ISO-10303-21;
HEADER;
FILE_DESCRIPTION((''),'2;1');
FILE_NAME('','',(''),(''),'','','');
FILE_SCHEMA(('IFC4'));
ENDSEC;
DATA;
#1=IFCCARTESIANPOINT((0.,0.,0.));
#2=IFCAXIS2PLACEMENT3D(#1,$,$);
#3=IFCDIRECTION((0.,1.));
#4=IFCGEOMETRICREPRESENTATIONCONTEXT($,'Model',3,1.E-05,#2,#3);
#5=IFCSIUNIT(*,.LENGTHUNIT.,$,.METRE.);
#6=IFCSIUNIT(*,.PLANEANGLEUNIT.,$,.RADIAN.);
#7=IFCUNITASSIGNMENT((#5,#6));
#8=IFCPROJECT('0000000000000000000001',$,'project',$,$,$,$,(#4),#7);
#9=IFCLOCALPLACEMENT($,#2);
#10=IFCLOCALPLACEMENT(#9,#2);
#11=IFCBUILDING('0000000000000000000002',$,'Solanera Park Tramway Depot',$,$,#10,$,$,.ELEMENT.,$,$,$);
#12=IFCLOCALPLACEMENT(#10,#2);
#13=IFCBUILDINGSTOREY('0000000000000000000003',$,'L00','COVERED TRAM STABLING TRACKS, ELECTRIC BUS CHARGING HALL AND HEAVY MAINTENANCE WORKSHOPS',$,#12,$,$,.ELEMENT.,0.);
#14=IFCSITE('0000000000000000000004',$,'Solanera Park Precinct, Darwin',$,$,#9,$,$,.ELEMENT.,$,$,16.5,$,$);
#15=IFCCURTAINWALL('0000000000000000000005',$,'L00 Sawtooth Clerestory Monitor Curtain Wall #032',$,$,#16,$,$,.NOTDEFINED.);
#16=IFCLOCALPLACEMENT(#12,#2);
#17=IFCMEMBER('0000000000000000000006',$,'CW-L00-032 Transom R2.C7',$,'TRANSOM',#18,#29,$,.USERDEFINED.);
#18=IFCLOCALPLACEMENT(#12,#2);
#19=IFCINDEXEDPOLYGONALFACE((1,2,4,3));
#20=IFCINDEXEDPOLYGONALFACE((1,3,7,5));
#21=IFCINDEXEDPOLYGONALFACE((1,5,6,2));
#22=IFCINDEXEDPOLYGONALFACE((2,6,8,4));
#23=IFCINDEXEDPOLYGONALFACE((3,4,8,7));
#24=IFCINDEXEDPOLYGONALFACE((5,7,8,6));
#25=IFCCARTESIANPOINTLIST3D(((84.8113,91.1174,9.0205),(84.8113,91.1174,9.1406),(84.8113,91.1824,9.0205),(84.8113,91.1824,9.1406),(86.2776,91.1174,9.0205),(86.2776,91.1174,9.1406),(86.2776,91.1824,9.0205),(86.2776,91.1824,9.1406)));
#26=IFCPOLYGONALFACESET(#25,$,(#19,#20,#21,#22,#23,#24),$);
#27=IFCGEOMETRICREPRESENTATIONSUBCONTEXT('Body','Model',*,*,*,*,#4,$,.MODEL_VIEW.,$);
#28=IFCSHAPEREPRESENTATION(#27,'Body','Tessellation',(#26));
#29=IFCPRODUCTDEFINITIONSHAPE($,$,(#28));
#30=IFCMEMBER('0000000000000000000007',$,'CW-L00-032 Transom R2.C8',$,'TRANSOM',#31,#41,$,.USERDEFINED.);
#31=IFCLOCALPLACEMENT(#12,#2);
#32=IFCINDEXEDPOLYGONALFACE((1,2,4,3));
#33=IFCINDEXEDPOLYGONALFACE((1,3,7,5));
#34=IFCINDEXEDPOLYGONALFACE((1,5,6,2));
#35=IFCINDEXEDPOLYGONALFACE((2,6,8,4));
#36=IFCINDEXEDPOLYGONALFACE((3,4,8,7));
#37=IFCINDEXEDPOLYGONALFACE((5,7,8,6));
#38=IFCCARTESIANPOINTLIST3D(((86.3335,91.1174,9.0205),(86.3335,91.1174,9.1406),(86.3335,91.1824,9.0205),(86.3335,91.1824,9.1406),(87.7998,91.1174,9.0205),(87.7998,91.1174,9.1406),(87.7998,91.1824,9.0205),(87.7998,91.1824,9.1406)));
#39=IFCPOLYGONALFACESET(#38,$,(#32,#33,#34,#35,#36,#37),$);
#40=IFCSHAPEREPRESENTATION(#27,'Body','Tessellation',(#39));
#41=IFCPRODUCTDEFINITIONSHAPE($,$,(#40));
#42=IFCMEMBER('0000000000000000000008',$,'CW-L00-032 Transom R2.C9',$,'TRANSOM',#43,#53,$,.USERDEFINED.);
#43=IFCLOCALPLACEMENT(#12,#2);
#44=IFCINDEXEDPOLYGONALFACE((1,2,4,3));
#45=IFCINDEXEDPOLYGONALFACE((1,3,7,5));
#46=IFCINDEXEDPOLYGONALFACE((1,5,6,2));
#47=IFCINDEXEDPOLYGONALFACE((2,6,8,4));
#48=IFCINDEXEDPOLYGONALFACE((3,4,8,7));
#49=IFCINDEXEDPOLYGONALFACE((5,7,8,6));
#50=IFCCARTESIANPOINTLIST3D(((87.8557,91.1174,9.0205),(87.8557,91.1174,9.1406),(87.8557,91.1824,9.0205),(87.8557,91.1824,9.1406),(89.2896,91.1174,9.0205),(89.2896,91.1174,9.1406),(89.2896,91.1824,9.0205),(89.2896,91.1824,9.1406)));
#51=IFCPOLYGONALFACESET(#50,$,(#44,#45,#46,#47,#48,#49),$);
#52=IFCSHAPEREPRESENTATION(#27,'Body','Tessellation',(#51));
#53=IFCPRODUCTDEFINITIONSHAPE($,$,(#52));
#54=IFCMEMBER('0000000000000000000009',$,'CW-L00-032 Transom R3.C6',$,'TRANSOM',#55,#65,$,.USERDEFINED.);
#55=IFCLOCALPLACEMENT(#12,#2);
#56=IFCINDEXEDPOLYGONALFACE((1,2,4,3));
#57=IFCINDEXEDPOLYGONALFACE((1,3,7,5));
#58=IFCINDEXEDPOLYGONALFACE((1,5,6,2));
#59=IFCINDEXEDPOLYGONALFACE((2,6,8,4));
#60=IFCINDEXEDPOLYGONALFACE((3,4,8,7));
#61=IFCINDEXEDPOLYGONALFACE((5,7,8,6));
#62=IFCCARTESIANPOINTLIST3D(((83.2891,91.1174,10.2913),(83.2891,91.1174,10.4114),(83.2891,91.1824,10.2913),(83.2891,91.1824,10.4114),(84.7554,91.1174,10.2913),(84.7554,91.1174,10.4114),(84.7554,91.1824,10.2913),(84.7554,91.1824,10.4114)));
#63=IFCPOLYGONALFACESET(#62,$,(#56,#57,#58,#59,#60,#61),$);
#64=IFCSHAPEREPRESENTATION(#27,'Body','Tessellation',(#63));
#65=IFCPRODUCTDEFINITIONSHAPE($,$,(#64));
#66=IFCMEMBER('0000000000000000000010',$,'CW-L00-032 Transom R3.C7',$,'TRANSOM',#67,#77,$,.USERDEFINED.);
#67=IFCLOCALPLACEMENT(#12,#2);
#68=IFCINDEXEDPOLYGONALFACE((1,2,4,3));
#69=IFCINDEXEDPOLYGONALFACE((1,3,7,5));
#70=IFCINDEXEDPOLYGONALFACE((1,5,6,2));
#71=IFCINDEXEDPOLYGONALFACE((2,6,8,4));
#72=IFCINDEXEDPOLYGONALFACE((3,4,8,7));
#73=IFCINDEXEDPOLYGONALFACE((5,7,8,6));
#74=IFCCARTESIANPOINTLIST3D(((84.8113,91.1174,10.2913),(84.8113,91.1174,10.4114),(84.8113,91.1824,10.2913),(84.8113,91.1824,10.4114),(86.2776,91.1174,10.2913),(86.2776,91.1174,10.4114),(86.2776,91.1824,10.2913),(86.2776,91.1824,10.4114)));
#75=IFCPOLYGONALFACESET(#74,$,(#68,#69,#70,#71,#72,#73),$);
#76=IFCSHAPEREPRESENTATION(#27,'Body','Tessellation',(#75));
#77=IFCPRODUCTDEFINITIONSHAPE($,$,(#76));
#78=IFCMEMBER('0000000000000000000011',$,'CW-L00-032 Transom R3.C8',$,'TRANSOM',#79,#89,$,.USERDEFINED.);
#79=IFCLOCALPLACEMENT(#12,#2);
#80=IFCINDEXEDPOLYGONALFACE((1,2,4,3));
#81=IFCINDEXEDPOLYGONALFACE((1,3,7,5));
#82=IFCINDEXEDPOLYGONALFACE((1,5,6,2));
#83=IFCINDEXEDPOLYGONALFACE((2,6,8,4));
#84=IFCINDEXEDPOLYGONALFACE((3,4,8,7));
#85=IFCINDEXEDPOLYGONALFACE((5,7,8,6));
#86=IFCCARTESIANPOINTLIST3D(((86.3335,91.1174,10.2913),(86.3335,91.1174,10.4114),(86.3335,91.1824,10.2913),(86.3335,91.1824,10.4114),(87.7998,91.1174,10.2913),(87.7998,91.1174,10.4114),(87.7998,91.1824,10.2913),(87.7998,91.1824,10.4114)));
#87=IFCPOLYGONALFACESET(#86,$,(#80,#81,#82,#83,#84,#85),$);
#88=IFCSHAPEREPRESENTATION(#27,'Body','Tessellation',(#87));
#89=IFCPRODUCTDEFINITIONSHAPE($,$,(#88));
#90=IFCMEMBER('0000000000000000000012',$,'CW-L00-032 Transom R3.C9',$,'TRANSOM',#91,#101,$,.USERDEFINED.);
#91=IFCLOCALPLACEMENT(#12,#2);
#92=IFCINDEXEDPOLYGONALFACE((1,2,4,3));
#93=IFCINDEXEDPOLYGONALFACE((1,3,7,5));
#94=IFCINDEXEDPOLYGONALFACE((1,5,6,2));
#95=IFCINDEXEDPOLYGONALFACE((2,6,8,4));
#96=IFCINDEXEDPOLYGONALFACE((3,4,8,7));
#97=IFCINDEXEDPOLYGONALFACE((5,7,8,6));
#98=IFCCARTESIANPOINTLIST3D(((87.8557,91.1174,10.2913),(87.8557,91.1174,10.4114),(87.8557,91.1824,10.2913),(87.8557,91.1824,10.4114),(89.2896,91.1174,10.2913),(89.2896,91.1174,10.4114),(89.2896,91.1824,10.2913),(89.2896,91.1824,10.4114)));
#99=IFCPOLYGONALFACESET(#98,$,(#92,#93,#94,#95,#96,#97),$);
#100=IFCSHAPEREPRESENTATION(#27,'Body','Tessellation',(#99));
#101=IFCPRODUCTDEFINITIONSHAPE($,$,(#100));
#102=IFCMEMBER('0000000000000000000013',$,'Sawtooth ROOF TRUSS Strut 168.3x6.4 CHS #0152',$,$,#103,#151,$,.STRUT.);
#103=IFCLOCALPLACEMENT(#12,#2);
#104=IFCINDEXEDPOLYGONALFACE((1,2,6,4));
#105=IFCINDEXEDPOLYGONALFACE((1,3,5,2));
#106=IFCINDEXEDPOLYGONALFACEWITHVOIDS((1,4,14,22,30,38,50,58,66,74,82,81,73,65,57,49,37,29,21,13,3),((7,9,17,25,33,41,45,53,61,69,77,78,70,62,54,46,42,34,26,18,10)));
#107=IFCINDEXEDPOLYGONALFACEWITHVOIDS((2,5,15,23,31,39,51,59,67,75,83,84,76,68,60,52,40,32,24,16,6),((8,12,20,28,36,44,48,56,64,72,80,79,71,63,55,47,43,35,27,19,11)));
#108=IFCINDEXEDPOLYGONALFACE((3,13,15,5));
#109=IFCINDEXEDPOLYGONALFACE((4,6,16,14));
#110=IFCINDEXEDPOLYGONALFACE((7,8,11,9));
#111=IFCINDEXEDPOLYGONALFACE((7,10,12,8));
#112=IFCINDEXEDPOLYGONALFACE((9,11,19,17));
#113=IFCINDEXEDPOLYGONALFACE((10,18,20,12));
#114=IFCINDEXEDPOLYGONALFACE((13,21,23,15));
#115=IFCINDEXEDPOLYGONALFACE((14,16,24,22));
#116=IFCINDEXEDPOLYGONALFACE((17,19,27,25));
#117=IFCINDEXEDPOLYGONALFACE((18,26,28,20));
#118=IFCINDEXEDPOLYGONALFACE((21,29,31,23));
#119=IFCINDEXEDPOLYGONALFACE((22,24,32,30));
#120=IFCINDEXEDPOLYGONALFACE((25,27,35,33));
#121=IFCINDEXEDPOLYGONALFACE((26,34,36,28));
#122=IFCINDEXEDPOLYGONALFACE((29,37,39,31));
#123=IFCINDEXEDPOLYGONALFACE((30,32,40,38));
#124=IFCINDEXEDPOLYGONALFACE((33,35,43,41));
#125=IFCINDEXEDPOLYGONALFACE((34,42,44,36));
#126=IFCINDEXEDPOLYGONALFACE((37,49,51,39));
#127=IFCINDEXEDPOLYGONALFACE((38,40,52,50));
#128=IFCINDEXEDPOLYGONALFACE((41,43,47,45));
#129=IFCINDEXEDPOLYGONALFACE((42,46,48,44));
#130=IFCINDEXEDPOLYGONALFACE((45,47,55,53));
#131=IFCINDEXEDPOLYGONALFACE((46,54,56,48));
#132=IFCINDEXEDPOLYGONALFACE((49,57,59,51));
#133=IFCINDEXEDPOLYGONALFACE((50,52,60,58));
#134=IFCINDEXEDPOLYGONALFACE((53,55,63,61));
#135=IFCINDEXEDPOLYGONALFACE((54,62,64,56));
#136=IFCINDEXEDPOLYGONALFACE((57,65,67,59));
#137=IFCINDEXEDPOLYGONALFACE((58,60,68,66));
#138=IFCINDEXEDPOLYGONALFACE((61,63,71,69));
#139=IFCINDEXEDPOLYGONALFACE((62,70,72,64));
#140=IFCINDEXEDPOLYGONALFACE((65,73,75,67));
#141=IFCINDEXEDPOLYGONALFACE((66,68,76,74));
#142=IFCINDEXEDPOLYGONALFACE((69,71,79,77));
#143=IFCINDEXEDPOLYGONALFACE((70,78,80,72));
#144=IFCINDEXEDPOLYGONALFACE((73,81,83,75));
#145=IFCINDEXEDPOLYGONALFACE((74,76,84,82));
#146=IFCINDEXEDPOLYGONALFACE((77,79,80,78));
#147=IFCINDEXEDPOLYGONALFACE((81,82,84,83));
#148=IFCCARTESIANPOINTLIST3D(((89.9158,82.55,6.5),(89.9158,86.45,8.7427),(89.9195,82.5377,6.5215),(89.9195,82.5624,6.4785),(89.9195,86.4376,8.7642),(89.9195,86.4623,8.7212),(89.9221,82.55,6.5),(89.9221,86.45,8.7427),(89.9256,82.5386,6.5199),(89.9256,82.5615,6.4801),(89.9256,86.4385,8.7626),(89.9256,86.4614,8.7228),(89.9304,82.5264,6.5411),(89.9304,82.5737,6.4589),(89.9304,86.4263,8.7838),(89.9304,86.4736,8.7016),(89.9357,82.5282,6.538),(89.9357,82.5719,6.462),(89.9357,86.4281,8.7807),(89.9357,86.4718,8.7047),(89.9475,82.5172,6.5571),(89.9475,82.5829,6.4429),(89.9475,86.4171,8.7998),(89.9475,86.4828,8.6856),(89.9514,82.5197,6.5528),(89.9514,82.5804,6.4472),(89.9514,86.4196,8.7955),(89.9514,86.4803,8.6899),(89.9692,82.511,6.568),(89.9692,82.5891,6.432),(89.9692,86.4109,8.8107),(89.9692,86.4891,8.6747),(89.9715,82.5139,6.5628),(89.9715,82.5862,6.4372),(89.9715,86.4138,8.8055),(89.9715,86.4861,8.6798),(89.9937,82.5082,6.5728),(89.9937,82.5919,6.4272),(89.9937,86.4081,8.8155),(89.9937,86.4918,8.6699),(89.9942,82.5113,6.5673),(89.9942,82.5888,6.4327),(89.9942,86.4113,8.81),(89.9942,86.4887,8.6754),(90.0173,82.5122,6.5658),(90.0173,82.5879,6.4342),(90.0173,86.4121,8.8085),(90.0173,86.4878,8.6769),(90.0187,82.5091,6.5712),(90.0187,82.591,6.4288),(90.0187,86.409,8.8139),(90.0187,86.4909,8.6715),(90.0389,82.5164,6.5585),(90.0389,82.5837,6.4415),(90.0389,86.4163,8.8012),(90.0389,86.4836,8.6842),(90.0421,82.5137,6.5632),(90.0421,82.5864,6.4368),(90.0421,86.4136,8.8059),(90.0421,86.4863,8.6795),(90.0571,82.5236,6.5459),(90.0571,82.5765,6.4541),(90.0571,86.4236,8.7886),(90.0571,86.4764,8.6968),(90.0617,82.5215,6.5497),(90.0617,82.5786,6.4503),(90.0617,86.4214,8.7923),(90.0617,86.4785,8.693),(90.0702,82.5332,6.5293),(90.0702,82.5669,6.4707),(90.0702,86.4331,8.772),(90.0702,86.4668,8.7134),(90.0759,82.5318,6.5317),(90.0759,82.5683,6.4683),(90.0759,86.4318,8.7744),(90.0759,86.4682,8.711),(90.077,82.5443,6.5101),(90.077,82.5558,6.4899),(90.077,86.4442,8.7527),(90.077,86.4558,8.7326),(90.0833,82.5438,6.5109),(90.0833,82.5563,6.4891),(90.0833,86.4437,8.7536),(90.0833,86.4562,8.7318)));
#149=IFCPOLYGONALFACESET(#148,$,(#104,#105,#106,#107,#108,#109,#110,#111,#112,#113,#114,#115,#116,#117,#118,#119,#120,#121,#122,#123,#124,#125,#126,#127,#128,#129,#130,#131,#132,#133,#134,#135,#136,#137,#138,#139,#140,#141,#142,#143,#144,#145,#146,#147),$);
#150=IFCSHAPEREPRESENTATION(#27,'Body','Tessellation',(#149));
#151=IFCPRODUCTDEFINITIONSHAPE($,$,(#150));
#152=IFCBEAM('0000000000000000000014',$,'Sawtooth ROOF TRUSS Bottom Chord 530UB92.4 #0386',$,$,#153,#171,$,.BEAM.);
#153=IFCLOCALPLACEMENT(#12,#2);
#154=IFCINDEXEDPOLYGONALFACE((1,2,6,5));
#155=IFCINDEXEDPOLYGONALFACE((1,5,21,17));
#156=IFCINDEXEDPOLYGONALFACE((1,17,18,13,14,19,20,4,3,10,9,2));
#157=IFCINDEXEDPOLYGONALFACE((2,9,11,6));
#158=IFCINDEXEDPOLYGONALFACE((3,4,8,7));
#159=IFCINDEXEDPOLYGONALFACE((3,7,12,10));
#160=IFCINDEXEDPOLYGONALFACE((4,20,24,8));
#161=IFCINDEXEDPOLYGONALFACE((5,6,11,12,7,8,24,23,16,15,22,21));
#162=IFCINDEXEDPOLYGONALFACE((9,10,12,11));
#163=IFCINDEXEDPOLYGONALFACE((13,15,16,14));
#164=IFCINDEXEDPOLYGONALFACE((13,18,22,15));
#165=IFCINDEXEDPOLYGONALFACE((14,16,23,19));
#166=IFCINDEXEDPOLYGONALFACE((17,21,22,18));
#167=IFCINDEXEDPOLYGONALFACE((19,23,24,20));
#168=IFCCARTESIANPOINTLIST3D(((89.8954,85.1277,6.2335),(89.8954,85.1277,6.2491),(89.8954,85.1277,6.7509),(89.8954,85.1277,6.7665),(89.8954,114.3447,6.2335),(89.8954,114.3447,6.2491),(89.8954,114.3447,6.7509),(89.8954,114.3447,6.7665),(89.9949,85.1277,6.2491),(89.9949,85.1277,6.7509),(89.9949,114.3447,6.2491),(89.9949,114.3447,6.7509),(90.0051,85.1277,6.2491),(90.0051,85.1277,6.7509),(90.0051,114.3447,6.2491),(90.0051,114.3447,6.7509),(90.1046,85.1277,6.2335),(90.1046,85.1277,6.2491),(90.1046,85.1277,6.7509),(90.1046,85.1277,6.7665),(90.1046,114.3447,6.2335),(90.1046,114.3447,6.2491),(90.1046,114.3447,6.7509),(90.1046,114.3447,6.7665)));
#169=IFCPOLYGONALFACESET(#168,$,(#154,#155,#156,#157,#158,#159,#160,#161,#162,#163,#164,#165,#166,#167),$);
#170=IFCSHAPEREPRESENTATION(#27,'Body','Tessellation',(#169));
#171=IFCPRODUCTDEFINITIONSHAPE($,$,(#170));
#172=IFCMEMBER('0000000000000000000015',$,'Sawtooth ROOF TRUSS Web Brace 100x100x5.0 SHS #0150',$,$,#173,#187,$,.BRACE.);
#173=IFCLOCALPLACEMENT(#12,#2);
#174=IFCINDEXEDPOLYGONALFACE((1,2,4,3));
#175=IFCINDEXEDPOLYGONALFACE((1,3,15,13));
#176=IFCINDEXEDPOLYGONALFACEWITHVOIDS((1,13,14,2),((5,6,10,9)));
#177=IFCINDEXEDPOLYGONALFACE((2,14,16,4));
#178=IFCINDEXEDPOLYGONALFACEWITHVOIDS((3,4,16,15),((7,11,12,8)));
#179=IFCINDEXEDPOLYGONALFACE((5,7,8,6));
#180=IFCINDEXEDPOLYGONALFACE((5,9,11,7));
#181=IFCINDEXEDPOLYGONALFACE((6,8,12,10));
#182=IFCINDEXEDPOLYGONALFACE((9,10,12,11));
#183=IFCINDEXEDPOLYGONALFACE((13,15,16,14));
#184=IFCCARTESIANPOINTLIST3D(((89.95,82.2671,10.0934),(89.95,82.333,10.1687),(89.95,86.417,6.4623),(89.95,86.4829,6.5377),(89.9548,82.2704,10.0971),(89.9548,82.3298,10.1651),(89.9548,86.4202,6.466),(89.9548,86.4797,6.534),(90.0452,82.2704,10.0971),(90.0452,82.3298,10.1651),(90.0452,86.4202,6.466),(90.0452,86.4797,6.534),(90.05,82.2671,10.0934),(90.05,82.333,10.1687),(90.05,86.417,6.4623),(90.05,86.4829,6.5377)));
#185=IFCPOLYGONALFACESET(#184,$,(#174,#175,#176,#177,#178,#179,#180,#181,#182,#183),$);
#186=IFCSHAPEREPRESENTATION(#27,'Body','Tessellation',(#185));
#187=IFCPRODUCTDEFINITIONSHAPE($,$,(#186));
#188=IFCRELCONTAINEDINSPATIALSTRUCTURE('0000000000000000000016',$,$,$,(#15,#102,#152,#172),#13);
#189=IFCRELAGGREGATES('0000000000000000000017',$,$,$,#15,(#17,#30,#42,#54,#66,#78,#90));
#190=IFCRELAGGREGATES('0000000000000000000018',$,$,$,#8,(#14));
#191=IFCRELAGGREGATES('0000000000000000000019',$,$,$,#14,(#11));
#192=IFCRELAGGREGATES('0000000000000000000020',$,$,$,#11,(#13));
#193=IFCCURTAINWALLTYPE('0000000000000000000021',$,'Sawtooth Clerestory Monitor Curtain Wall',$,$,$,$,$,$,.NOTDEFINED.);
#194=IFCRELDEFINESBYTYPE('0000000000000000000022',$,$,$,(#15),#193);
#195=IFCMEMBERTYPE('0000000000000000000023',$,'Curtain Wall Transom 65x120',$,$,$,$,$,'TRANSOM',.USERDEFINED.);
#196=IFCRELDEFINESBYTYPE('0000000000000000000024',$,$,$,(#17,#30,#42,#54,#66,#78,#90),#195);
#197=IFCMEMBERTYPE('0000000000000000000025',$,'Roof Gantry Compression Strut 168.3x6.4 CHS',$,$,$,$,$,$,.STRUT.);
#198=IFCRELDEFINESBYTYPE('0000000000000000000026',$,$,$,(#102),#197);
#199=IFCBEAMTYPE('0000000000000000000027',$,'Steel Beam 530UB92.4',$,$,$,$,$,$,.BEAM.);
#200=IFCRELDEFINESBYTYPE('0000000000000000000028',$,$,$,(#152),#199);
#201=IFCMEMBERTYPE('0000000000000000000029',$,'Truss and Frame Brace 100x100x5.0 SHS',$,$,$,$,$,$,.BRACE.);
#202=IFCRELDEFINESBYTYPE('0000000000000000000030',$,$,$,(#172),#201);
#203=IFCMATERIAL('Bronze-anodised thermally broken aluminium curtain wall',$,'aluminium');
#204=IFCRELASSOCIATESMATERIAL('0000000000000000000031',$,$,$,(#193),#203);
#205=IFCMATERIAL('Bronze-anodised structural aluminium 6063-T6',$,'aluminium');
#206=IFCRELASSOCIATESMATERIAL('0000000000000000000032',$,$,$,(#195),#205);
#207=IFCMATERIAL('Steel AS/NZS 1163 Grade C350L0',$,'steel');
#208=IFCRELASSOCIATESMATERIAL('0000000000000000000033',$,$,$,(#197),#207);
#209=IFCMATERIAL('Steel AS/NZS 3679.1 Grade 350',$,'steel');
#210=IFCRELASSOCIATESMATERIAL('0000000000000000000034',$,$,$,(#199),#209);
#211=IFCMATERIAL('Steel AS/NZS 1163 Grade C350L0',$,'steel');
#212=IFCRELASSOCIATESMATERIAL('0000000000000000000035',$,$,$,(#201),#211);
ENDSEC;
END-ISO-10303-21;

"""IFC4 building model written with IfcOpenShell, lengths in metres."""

from ifc_helpers import new_model, si_unit, direction, frame, origin, origin_2d, place, context, subcontext, project, spatial, rectangle, hollow_rectangle, hollow_circle, i_section, extrude, material, material_profile, profile_set, type_object, element, aggregate, save


model = new_model("IFC4")

# Units and contexts
model_context = context("Model", 3, precision=1e-05, world=origin(), true_north=direction((0.0, 1.0)))
body_context = subcontext(model_context, "Body", "Model", "MODEL_VIEW")
ifc_project = project(units=[si_unit("LENGTHUNIT", "METRE"), si_unit("PLANEANGLEUNIT", "RADIAN")], contexts=[model_context])

# Site, building, storey
site_placement = place(None, origin())
site = spatial("IfcSite", under=ifc_project, at=site_placement, Name="Solanera Park Precinct, Darwin", CompositionType="ELEMENT", RefElevation=16.5)
building_placement = place(site_placement, origin())
building = spatial("IfcBuilding", under=site, at=building_placement, Name="Solanera Park Tramway Depot", CompositionType="ELEMENT")
storey_placement = place(building_placement, origin())
storey = spatial("IfcBuildingStorey", under=building, at=storey_placement, Name="L00", Description="COVERED TRAM STABLING TRACKS, ELECTRIC BUS CHARGING HALL AND HEAVY MAINTENANCE WORKSHOPS", CompositionType="ELEMENT", Elevation=0.0)

# Curtain wall, members
ifc_material_1 = material(Name="Bronze-anodised thermally broken aluminium curtain wall", Category="aluminium")
curtain_wall_type = type_object("IfcCurtainWallType", Name="Sawtooth Clerestory Monitor Curtain Wall", PredefinedType="NOTDEFINED", material=ifc_material_1)
curtain_wall_placement = place(storey_placement, origin())
curtain_wall = element("IfcCurtainWall", 1, at=curtain_wall_placement, inside=storey, type_object=curtain_wall_type, Name="L00 Sawtooth Clerestory Monitor Curtain Wall #032", PredefinedType="NOTDEFINED")
ifc_material_2 = material(Name="Bronze-anodised structural aluminium 6063-T6", Category="aluminium")
ifc_material_profile_1 = material_profile(ifc_material_2, rectangle(XDim=0.0649, YDim=0.1201, at=origin_2d()), Name="Curtain Wall Transom 65x120")
ifc_profile_set_1 = profile_set([ifc_material_profile_1], Name="Bronze-anodised structural aluminium 6063-T6")
member_type_1 = type_object("IfcMemberType", Name="Curtain Wall Transom 65x120", ElementType="TRANSOM", PredefinedType="USERDEFINED", material=ifc_profile_set_1)
member_1_placement = place(storey_placement, frame((84.8113, 91.1499, 9.0806), z_axis=(1.0, 0.0, 0.0), x_axis=(0.0, 1.0, 0.0)))
member_1 = element("IfcMember", 2, at=member_1_placement, type_object=member_type_1, Name="CW-L00-032 Transom R2.C7", ObjectType="TRANSOM", PredefinedType="USERDEFINED", context=body_context, shape_type="SweptSolid", body=[
    extrude(rectangle(XDim=0.0649, YDim=0.1201, at=origin_2d()), origin(), (0.0, 0.0, 1.0), 1.4663),
])
member_2_placement = place(storey_placement, frame((86.3335, 91.1499, 9.0806), z_axis=(1.0, 0.0, 0.0), x_axis=(0.0, 1.0, 0.0)))
member_2 = element("IfcMember", 3, at=member_2_placement, type_object=member_type_1, Name="CW-L00-032 Transom R2.C8", ObjectType="TRANSOM", PredefinedType="USERDEFINED", context=body_context, shape_type="SweptSolid", body=[
    extrude(rectangle(XDim=0.0649, YDim=0.1201, at=origin_2d()), origin(), (0.0, 0.0, 1.0), 1.4663),
])
member_3_placement = place(storey_placement, frame((87.8557, 91.1499, 9.0806), z_axis=(1.0, 0.0, 0.0), x_axis=(0.0, 1.0, 0.0)))
member_3 = element("IfcMember", 4, at=member_3_placement, type_object=member_type_1, Name="CW-L00-032 Transom R2.C9", ObjectType="TRANSOM", PredefinedType="USERDEFINED", context=body_context, shape_type="SweptSolid", body=[
    extrude(rectangle(XDim=0.0649, YDim=0.1201, at=origin_2d()), origin(), (0.0, 0.0, 1.0), 1.4338),
])
member_4_placement = place(storey_placement, frame((83.2891, 91.1499, 10.3513), z_axis=(1.0, 0.0, 0.0), x_axis=(0.0, 1.0, 0.0)))
member_4 = element("IfcMember", 5, at=member_4_placement, type_object=member_type_1, Name="CW-L00-032 Transom R3.C6", ObjectType="TRANSOM", PredefinedType="USERDEFINED", context=body_context, shape_type="SweptSolid", body=[
    extrude(rectangle(XDim=0.0649, YDim=0.1201, at=origin_2d()), origin(), (0.0, 0.0, 1.0), 1.4663),
])
member_5_placement = place(storey_placement, frame((84.8113, 91.1499, 10.3513), z_axis=(1.0, 0.0, 0.0), x_axis=(0.0, 1.0, 0.0)))
member_5 = element("IfcMember", 6, at=member_5_placement, type_object=member_type_1, Name="CW-L00-032 Transom R3.C7", ObjectType="TRANSOM", PredefinedType="USERDEFINED", context=body_context, shape_type="SweptSolid", body=[
    extrude(rectangle(XDim=0.0649, YDim=0.1201, at=origin_2d()), origin(), (0.0, 0.0, 1.0), 1.4663),
])
member_6_placement = place(storey_placement, frame((86.3335, 91.1499, 10.3513), z_axis=(1.0, 0.0, 0.0), x_axis=(0.0, 1.0, 0.0)))
member_6 = element("IfcMember", 7, at=member_6_placement, type_object=member_type_1, Name="CW-L00-032 Transom R3.C8", ObjectType="TRANSOM", PredefinedType="USERDEFINED", context=body_context, shape_type="SweptSolid", body=[
    extrude(rectangle(XDim=0.0649, YDim=0.1201, at=origin_2d()), origin(), (0.0, 0.0, 1.0), 1.4663),
])
member_7_placement = place(storey_placement, frame((87.8557, 91.1499, 10.3513), z_axis=(1.0, 0.0, 0.0), x_axis=(0.0, 1.0, 0.0)))
member_7 = element("IfcMember", 8, at=member_7_placement, type_object=member_type_1, Name="CW-L00-032 Transom R3.C9", ObjectType="TRANSOM", PredefinedType="USERDEFINED", context=body_context, shape_type="SweptSolid", body=[
    extrude(rectangle(XDim=0.0649, YDim=0.1201, at=origin_2d()), origin(), (0.0, 0.0, 1.0), 1.4338),
])

# Member
ifc_material_3 = material(Name="Steel AS/NZS 1163 Grade C350L0", Category="steel")
ifc_material_profile_2 = material_profile(ifc_material_3, hollow_circle(Radius=0.0842, WallThickness=0.0063, at=origin_2d()), Name="168.3x6.4 CHS")
ifc_profile_set_2 = profile_set([ifc_material_profile_2], Name="Steel AS/NZS 1163 Grade C350L0")
member_type_2 = type_object("IfcMemberType", Name="Roof Gantry Compression Strut 168.3x6.4 CHS", PredefinedType="STRUT", material=ifc_profile_set_2)
member_8_placement = place(storey_placement, frame((90.0, 82.55, 6.5), z_axis=(0.0, 0.866884, 0.49851), x_axis=(-1.0, 0.0, 0.0)))
element("IfcMember", 9, at=member_8_placement, inside=storey, type_object=member_type_2, Name="Sawtooth ROOF TRUSS Strut 168.3x6.4 CHS #0152", PredefinedType="STRUT", context=body_context, shape_type="SweptSolid", body=[
    extrude(hollow_circle(Radius=0.0842, WallThickness=0.0063, at=origin_2d()), origin(), (0.0, 0.0, 1.0), 4.4988),
])

# Beam
ifc_material_4 = material(Name="Steel AS/NZS 3679.1 Grade 350", Category="steel")
ifc_material_profile_3 = material_profile(ifc_material_4, i_section(OverallWidth=0.2092, OverallDepth=0.533, WebThickness=0.0103, FlangeThickness=0.0156, at=origin_2d()), Name="530UB92.4")
ifc_profile_set_3 = profile_set([ifc_material_profile_3], Name="Steel AS/NZS 3679.1 Grade 350")
beam_type = type_object("IfcBeamType", Name="Steel Beam 530UB92.4", PredefinedType="BEAM", material=ifc_profile_set_3)
beam_placement = place(storey_placement, frame((90.0, 85.1277, 6.5), z_axis=(0.0, 1.0, 0.0), x_axis=(-1.0, 0.0, 0.0)))
element("IfcBeam", 10, at=beam_placement, inside=storey, type_object=beam_type, Name="Sawtooth ROOF TRUSS Bottom Chord 530UB92.4 #0386", PredefinedType="BEAM", context=body_context, shape_type="SweptSolid", body=[
    extrude(i_section(OverallWidth=0.2092, OverallDepth=0.533, WebThickness=0.0103, FlangeThickness=0.0156, at=origin_2d()), origin(), (0.0, 0.0, 1.0), 29.217),
])

# Member
ifc_material_5 = material(Name="Steel AS/NZS 1163 Grade C350L0", Category="steel")
ifc_material_profile_4 = material_profile(ifc_material_5, hollow_rectangle(XDim=0.1001, YDim=0.1001, WallThickness=0.0049, at=origin_2d()), Name="100x100x5.0 SHS")
ifc_profile_set_4 = profile_set([ifc_material_profile_4], Name="Steel AS/NZS 1163 Grade C350L0")
member_type_3 = type_object("IfcMemberType", Name="Truss and Frame Brace 100x100x5.0 SHS", PredefinedType="BRACE", material=ifc_profile_set_4)
member_9_placement = place(storey_placement, frame((90.0, 86.45, 6.5), z_axis=(0.0, -0.752582, 0.658498), x_axis=(1.0, 0.0, 0.0)))
element("IfcMember", 11, at=member_9_placement, inside=storey, type_object=member_type_3, Name="Sawtooth ROOF TRUSS Web Brace 100x100x5.0 SHS #0150", PredefinedType="BRACE", context=body_context, shape_type="SweptSolid", body=[
    extrude(hollow_rectangle(XDim=0.1001, YDim=0.1001, WallThickness=0.0049, at=origin_2d()), origin(), (0.0, 0.0, 1.0), 5.5142),
])

aggregate(curtain_wall, [member_1, member_2, member_3, member_4, member_5, member_6, member_7])

save(model, "model.ifc")
